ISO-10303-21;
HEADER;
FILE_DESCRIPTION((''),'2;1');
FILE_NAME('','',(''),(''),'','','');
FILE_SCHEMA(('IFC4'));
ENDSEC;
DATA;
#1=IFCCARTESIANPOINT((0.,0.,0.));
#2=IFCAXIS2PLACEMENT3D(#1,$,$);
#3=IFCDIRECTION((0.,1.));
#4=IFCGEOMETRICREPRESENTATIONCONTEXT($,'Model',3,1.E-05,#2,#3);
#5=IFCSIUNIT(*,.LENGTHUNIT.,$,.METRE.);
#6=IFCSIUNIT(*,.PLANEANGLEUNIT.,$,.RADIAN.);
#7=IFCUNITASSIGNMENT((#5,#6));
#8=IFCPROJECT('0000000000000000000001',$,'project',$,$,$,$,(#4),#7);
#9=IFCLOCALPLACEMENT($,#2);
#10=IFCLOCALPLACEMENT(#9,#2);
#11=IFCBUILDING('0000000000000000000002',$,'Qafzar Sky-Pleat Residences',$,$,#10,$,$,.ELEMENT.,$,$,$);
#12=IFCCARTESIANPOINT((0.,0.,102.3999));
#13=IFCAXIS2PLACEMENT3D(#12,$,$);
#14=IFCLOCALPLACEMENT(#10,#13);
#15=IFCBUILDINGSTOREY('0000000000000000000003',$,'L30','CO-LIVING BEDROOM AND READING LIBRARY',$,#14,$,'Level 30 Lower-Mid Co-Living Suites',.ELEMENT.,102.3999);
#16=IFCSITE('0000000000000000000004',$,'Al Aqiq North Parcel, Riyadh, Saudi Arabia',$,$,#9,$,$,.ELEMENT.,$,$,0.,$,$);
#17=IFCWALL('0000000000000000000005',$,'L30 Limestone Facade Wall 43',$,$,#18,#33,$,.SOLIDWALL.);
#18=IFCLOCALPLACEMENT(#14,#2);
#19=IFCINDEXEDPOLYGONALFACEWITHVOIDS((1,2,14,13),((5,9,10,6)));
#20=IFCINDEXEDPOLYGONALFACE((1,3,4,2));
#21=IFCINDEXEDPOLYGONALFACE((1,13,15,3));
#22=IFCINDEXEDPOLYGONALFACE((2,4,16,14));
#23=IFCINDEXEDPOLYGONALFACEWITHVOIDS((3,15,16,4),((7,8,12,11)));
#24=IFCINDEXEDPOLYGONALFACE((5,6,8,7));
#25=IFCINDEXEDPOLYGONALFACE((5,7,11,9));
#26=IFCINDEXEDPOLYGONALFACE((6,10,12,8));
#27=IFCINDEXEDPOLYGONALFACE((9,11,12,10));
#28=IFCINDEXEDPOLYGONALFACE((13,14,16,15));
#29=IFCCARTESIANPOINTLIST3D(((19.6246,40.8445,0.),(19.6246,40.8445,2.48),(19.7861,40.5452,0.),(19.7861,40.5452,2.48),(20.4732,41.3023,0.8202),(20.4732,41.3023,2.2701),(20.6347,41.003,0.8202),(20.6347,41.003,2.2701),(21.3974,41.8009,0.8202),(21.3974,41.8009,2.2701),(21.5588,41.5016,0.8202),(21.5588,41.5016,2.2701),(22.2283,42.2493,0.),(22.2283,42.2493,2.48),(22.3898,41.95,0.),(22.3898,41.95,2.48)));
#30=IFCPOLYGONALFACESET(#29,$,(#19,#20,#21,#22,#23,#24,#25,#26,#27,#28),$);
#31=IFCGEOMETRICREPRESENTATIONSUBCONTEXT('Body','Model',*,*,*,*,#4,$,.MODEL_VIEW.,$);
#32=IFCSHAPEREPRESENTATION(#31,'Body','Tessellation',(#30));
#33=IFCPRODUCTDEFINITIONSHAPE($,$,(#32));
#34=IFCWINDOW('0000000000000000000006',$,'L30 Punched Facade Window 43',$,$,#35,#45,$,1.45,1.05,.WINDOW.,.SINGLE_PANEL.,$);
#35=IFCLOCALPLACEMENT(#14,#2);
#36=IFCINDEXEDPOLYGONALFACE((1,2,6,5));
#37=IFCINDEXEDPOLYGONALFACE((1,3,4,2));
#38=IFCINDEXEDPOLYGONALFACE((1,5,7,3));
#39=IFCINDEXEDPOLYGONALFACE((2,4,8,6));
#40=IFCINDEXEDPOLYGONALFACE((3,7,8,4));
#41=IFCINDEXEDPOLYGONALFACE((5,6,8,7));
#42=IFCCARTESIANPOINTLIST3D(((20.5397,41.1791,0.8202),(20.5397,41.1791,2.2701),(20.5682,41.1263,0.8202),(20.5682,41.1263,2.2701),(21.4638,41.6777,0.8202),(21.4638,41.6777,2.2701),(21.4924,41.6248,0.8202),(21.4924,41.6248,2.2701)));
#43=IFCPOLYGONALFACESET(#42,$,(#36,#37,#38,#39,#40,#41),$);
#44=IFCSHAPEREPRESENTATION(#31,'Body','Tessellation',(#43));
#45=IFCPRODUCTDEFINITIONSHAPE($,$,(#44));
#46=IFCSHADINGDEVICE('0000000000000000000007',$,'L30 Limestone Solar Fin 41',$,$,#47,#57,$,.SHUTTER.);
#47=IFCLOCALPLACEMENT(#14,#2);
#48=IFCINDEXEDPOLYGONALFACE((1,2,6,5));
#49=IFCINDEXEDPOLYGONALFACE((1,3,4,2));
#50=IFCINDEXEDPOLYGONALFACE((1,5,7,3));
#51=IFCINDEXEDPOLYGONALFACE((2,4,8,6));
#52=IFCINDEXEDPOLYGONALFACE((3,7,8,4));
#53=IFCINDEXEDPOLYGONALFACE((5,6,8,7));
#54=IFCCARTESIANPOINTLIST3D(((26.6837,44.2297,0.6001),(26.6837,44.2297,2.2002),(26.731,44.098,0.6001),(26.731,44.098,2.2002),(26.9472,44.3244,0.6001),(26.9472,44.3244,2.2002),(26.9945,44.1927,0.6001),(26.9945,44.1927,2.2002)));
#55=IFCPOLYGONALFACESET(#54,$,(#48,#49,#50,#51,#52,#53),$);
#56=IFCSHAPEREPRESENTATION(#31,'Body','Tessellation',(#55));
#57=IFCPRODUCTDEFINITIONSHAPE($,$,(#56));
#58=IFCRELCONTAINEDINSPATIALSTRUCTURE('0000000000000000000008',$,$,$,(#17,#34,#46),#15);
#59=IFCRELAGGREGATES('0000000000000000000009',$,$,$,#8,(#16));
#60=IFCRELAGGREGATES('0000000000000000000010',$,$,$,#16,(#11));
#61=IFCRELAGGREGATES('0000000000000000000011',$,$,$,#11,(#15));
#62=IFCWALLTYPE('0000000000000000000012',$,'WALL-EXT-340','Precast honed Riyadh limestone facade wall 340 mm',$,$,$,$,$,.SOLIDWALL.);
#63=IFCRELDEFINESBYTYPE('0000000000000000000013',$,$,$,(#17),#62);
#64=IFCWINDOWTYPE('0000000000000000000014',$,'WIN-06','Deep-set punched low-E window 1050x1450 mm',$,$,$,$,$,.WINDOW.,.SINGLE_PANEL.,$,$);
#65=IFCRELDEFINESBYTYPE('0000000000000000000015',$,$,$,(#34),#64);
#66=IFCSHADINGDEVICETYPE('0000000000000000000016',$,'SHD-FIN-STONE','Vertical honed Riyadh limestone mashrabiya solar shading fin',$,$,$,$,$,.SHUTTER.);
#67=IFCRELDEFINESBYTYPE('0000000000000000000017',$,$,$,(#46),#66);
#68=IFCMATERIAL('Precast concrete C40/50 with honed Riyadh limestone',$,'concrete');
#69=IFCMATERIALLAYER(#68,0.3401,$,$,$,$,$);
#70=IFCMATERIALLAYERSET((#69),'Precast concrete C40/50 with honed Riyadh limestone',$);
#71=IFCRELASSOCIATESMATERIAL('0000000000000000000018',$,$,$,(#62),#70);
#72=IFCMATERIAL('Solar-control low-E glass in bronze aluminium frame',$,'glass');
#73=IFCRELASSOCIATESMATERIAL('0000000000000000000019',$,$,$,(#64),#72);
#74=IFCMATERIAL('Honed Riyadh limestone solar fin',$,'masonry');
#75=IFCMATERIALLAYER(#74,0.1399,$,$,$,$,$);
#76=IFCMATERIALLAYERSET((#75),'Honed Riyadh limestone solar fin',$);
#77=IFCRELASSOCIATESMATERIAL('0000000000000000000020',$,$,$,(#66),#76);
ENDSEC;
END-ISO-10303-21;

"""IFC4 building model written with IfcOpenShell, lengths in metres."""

from ifc_helpers import new_model, si_unit, direction, frame, frame_2d, origin, origin_2d, place, context, subcontext, project, spatial, rectangle, extrude, source, transform, mapped, material, layer, layer_set, type_object, element, fill, save


model = new_model("IFC4")

# Units and contexts
model_context = context("Model", 3, precision=1e-05, world=origin(), true_north=direction((0.0, 1.0)))
body_context = subcontext(model_context, "Body", "Model", "MODEL_VIEW")
ifc_project = project(units=[si_unit("LENGTHUNIT", "METRE"), si_unit("PLANEANGLEUNIT", "RADIAN")], contexts=[model_context])

# Site, building, storey
site_placement = place(None, origin())
site = spatial("IfcSite", under=ifc_project, at=site_placement, Name="Al Aqiq North Parcel, Riyadh, Saudi Arabia", CompositionType="ELEMENT", RefElevation=0.0)
building_placement = place(site_placement, origin())
building = spatial("IfcBuilding", under=site, at=building_placement, Name="Qafzar Sky-Pleat Residences", CompositionType="ELEMENT")
storey_placement = place(building_placement, frame((0.0, 0.0, 102.3999)))
storey = spatial("IfcBuildingStorey", under=building, at=storey_placement, Name="L30", Description="CO-LIVING BEDROOM AND READING LIBRARY", LongName="Level 30 Lower-Mid Co-Living Suites", CompositionType="ELEMENT", Elevation=102.3999)

# Shared definitions
ifc_material_1 = material(Name="Precast concrete C40/50 with honed Riyadh limestone", Category="concrete")
ifc_layer_1 = layer(ifc_material_1, 0.3401)
ifc_layer_set_1 = layer_set([ifc_layer_1], Name="Precast concrete C40/50 with honed Riyadh limestone")
wall_type_1 = type_object("IfcWallType", Name="WALL-EXT-340", Description="Precast honed Riyadh limestone facade wall 340 mm", PredefinedType="SOLIDWALL", material=ifc_layer_set_1)
ifc_material_2 = material(Name="Solar-control low-E glass in bronze aluminium frame", Category="glass")

# Wall, opening, window
wall_1_placement = place(storey_placement, frame((22.3091, 42.0996, 0.0), z_axis=(0.0, 0.0, 1.0), x_axis=(-0.880081, -0.474823, 0.0)))
wall_1 = element("IfcWall", 1, at=wall_1_placement, inside=storey, type_object=wall_type_1, Name="L30 Limestone Facade Wall 43", PredefinedType="SOLIDWALL", context=body_context, shape_type="SweptSolid", body=[
    extrude(rectangle(XDim=2.9585, YDim=0.3401, at=frame_2d((1.4792, 0.0))), origin(), (0.0, 0.0, 1.0), 2.48),
])
opening_1_placement = place(wall_1_placement, frame((0.9443, 0.0, 0.8201)))
opening_1 = element("IfcOpeningElement", 2, at=opening_1_placement, cuts=wall_1, PredefinedType="OPENING", context=body_context, shape_type="SweptSolid", body=[
    extrude(rectangle(XDim=1.05, YDim=1.45, at=frame_2d((0.5249, 0.7251))), frame((0.0, 0.1802, 0.0), z_axis=(0.0, -1.0, 0.0), x_axis=(1.0, 0.0, 0.0)), (0.0, 0.0, 1.0), 0.3601),
])
window_type_1 = type_object("IfcWindowType", Name="WIN-06", Description="Deep-set punched low-E window 1050x1450 mm", PartitioningType="SINGLE_PANEL", PredefinedType="WINDOW", material=ifc_material_2)
shared_shape_1 = source(origin(), body_context, "Body", "SweptSolid", [
    extrude(rectangle(XDim=1.05, YDim=1.45, at=frame_2d((0.5249, 0.7251))), frame((0.0, 0.03, 0.0), z_axis=(0.0, -1.0, 0.0), x_axis=(1.0, 0.0, 0.0)), (0.0, 0.0, 1.0), 0.0601),
])
window_1_placement = place(opening_1_placement, origin())
window_1 = element("IfcWindow", 3, at=window_1_placement, inside=storey, type_object=window_type_1, Name="L30 Punched Facade Window 43", OverallHeight=1.45, OverallWidth=1.05, PartitioningType="SINGLE_PANEL", PredefinedType="WINDOW", context=body_context, shape_type="MappedRepresentation", body=[
    mapped(shared_shape_1, transform((0.0, 0.0, 0.0), x_axis=(1.0, 0.0, 0.0), y_axis=(0.0, 1.0, 0.0), z_axis=(0.0, 0.0, 1.0), scale=1.0)),
])
fill(opening_1, window_1)

# Shading device
ifc_material_3 = material(Name="Honed Riyadh limestone solar fin", Category="masonry")
ifc_layer_2 = layer(ifc_material_3, 0.1399)
ifc_layer_set_2 = layer_set([ifc_layer_2], Name="Honed Riyadh limestone solar fin")
shading_device_type = type_object("IfcShadingDeviceType", Name="SHD-FIN-STONE", Description="Vertical honed Riyadh limestone mashrabiya solar shading fin", PredefinedType="SHUTTER", material=ifc_layer_set_2)
shared_shape_2 = source(origin(), body_context, "Body", "SweptSolid", [
    extrude(rectangle(XDim=0.1399, YDim=0.28, at=origin_2d()), origin(), (0.0, 0.0, 1.0), 1.6001),
])
shading_device_placement = place(storey_placement, frame((26.8391, 44.2112, 0.6001), z_axis=(0.0, 0.0, 1.0), x_axis=(-0.338159, 0.941089, 0.0)))
element("IfcShadingDevice", 4, at=shading_device_placement, inside=storey, type_object=shading_device_type, Name="L30 Limestone Solar Fin 41", PredefinedType="SHUTTER", context=body_context, shape_type="MappedRepresentation", body=[
    mapped(shared_shape_2, transform((0.0, 0.0, 0.0), x_axis=(1.0, 0.0, 0.0), y_axis=(0.0, 1.0, 0.0), z_axis=(0.0, 0.0, 1.0), scale=1.0)),
])

save(model, "model.ifc")
